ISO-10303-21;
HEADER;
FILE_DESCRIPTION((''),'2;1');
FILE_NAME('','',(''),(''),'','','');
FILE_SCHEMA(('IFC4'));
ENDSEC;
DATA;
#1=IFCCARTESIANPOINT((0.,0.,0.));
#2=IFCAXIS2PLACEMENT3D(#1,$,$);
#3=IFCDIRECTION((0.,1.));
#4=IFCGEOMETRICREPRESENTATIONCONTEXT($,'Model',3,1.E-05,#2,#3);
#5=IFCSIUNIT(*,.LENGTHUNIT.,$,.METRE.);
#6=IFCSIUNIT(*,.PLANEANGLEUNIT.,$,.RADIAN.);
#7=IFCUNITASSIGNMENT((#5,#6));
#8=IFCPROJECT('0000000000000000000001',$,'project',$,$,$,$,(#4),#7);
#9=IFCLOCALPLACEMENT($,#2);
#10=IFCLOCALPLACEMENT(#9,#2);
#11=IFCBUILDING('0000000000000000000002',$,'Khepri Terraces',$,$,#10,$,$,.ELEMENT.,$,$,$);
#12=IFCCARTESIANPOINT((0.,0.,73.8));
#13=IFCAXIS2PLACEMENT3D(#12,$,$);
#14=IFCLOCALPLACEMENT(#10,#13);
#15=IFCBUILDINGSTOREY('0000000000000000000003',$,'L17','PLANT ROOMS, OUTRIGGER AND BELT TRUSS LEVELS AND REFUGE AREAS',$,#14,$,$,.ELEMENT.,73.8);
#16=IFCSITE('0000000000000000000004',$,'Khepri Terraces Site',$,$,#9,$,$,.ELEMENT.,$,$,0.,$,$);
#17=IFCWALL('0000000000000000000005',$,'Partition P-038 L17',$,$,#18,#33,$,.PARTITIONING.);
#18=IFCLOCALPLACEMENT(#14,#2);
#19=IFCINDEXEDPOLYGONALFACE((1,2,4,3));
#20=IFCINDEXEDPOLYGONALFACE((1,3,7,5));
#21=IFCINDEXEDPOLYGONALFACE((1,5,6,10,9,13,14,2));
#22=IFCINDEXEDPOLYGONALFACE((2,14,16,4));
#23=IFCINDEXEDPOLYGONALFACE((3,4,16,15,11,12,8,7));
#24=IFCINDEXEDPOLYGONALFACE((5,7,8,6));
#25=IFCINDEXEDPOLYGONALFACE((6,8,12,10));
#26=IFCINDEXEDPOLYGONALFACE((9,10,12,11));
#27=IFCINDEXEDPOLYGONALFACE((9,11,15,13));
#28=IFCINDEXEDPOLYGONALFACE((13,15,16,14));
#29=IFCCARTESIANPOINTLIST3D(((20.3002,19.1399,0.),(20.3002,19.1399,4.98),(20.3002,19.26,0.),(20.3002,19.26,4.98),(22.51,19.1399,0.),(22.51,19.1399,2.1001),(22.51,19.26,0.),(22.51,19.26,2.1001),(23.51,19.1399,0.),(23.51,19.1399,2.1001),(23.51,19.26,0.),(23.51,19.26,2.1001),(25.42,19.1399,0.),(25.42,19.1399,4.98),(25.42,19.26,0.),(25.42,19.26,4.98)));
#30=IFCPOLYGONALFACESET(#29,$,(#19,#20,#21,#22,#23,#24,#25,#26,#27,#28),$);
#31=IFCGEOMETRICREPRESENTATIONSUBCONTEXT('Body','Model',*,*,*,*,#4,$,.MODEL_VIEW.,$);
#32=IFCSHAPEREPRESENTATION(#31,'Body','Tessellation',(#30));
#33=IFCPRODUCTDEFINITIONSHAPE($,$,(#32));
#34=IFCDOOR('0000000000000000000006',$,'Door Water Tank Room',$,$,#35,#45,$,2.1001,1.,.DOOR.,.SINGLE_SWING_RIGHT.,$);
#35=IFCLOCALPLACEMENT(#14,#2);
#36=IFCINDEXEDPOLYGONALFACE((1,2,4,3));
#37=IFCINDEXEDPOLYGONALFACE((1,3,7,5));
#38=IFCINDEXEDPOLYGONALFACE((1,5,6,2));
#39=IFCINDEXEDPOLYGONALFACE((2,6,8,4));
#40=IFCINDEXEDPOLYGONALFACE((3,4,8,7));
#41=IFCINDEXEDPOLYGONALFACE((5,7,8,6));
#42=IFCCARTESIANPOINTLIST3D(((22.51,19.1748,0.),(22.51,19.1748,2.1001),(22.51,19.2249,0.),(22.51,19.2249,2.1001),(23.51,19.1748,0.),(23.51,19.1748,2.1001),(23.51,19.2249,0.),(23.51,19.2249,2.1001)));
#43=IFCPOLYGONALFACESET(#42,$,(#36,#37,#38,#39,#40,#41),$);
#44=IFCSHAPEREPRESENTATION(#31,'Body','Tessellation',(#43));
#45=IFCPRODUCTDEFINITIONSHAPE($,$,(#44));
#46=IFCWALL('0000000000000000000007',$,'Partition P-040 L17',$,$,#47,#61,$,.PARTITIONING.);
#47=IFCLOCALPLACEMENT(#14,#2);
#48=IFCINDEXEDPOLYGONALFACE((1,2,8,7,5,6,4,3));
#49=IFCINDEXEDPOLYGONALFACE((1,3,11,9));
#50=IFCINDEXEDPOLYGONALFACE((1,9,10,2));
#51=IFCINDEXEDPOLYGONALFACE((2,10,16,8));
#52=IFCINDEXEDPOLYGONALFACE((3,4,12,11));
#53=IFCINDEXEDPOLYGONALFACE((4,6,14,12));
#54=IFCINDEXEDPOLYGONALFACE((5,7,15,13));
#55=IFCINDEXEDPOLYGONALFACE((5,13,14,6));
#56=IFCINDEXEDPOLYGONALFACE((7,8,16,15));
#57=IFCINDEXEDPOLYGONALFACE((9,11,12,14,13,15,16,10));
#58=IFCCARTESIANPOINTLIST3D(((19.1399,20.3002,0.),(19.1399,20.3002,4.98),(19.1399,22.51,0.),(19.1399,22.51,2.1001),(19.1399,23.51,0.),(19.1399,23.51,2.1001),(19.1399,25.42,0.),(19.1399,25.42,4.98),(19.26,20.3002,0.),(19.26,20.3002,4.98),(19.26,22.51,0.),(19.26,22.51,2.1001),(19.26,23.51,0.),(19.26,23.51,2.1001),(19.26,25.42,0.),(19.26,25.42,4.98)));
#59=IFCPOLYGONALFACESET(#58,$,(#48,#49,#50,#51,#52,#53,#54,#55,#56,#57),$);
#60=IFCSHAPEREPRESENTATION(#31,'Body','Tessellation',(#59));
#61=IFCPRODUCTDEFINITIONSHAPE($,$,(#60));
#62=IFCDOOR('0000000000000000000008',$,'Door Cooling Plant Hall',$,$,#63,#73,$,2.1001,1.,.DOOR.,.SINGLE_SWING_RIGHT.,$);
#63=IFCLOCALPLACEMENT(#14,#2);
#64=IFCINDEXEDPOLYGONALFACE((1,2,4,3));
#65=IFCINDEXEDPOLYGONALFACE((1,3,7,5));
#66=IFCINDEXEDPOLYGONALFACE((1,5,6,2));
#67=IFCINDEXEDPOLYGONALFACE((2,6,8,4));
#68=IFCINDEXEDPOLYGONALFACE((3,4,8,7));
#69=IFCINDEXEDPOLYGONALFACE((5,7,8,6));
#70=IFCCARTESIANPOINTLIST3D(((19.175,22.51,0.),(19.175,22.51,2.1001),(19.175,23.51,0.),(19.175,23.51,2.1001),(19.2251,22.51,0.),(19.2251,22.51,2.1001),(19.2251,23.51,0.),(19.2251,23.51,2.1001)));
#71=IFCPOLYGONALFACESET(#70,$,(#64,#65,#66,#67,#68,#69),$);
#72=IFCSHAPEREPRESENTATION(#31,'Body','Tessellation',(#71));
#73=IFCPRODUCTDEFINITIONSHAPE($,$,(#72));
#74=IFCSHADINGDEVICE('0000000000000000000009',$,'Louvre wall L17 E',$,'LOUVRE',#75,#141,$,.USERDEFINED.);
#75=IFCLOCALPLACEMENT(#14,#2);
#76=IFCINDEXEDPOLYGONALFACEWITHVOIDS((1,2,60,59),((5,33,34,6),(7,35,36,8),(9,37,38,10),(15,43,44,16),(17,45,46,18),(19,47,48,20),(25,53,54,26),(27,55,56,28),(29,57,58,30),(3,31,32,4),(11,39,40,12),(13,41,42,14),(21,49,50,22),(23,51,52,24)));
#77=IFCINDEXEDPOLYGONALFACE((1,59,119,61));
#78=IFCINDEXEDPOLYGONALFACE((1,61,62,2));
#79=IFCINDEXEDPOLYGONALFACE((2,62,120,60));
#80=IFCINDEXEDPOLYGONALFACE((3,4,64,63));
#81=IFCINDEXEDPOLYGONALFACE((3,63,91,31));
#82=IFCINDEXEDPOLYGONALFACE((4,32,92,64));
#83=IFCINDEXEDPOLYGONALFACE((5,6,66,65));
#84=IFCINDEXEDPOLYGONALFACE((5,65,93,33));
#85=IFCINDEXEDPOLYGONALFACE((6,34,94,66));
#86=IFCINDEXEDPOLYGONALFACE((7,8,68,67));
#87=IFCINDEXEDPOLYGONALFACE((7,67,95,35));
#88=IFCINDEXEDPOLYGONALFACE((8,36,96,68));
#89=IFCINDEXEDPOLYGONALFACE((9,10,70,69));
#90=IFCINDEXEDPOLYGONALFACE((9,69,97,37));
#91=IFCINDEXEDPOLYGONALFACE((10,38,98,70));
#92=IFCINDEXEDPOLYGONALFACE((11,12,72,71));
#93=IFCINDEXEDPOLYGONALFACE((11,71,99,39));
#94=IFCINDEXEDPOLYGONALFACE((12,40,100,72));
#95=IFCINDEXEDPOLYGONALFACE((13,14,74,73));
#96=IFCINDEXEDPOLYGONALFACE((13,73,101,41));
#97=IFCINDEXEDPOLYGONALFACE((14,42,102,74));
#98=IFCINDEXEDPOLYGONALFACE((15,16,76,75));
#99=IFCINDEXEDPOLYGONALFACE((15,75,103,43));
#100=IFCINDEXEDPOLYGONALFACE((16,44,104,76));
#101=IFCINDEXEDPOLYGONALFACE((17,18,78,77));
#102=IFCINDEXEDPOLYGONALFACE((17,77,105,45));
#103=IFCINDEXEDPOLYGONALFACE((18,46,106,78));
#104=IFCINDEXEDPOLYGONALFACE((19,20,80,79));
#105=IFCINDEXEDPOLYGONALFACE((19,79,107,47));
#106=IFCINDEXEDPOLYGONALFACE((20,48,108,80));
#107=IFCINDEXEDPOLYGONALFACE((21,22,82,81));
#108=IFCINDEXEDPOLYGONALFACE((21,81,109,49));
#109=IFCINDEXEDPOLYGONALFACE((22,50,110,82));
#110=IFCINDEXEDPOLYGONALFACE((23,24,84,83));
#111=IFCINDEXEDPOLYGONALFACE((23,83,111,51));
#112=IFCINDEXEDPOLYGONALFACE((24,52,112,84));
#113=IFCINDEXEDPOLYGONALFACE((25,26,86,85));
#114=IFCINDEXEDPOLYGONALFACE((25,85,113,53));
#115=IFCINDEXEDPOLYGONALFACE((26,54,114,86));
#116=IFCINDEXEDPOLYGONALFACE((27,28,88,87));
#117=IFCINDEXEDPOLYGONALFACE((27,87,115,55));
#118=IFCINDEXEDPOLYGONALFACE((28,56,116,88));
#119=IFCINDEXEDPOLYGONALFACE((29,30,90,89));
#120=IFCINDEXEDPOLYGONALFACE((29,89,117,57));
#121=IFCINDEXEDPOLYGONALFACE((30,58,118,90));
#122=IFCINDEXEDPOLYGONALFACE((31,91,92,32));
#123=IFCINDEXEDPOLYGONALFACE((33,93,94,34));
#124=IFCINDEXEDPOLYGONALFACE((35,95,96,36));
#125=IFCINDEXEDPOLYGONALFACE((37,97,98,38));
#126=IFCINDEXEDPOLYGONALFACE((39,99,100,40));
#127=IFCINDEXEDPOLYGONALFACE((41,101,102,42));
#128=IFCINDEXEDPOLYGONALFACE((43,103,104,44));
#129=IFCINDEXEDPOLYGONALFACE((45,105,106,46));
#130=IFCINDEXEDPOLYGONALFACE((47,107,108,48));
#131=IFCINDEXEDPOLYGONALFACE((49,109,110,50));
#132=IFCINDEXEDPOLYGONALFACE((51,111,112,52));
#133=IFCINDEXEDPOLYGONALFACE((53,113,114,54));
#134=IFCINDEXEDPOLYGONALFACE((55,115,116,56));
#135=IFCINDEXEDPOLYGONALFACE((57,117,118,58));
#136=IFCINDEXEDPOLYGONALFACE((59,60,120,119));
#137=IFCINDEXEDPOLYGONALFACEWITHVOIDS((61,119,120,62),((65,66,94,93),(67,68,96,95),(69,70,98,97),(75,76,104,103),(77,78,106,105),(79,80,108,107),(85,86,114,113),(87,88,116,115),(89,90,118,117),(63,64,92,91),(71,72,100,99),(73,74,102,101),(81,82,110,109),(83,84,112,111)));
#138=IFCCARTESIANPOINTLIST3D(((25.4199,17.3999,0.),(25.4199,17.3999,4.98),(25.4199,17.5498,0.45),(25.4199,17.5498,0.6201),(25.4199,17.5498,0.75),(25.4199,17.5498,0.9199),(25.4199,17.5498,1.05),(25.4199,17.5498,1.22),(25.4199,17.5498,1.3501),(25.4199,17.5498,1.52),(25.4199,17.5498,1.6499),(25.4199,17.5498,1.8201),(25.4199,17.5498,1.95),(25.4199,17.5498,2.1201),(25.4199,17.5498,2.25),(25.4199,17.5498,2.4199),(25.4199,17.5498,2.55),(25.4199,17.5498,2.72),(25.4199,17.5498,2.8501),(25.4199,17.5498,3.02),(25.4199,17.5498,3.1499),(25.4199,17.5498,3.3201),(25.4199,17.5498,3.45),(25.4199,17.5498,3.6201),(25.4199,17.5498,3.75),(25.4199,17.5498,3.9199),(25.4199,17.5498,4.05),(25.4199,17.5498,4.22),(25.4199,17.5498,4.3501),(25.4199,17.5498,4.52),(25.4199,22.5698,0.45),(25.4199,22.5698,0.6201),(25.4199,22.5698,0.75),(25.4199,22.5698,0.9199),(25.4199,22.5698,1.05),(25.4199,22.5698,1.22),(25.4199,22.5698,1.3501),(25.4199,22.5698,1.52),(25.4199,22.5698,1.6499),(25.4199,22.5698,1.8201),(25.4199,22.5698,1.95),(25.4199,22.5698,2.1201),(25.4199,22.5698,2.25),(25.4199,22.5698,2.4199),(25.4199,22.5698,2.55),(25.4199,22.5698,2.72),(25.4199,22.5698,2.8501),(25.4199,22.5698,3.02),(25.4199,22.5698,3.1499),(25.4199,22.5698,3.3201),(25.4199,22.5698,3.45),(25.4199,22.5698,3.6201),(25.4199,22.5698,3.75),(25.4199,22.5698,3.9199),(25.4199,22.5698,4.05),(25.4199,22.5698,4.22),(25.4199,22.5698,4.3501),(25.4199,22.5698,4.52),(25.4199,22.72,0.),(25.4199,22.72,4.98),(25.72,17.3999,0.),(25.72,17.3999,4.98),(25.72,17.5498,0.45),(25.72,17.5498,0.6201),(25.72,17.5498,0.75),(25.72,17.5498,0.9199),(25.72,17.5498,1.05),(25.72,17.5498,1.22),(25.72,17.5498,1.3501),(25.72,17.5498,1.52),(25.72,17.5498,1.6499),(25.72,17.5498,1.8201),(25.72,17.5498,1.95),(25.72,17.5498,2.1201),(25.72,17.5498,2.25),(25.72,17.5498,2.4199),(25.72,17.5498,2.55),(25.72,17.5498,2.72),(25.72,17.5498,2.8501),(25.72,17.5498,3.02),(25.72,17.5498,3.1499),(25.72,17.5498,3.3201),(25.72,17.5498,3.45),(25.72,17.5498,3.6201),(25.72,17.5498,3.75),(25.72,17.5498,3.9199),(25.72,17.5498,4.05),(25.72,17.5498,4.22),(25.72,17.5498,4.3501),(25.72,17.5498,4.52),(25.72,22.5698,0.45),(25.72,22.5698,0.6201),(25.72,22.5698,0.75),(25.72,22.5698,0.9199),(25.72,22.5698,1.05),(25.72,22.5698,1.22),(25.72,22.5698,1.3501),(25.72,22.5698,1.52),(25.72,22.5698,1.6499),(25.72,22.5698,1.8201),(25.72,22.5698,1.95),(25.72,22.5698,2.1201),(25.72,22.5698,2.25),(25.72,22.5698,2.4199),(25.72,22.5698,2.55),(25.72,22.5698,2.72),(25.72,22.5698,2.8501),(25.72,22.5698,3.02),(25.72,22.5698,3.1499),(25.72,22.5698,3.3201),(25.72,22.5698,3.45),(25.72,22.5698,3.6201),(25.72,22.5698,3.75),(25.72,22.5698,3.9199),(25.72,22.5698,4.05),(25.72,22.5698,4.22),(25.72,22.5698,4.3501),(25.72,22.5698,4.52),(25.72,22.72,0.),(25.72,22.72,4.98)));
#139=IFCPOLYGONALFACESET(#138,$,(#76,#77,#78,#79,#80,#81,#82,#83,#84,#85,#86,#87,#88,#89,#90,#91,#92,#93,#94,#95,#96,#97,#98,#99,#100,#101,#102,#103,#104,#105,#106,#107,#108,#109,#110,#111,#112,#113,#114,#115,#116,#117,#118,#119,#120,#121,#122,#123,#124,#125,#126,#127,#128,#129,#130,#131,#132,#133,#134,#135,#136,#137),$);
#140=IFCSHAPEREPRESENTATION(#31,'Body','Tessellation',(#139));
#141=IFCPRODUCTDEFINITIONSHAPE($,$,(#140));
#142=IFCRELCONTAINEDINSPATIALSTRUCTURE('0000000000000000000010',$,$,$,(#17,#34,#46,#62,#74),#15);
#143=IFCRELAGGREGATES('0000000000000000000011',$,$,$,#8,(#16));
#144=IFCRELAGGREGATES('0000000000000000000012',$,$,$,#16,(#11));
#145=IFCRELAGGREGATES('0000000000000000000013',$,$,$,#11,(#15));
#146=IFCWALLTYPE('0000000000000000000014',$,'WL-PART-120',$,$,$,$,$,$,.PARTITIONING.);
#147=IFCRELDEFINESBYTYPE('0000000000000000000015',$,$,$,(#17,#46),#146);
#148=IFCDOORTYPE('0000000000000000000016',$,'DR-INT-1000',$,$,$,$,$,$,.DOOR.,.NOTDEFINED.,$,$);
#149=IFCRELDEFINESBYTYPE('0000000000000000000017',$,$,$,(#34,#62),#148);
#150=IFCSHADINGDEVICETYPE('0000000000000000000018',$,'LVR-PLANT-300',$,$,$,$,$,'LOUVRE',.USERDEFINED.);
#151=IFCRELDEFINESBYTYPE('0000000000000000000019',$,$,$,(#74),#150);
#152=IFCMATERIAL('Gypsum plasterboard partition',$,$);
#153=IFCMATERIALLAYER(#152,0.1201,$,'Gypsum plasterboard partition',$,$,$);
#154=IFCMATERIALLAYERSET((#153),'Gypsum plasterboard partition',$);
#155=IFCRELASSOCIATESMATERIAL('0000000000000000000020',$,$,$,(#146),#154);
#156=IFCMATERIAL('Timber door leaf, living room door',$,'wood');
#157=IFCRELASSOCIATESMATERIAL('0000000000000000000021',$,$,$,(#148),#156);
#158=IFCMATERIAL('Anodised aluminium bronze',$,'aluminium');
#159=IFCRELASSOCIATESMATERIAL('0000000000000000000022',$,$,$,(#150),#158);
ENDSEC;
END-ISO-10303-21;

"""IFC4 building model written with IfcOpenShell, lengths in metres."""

from ifc_helpers import new_model, si_unit, direction, frame, frame_2d, origin, place, context, subcontext, project, spatial, polyline, rectangle, outline, extrude, material, layer, layer_set, type_object, element, fill, save


model = new_model("IFC4")

# Units and contexts
model_context = context("Model", 3, precision=1e-05, world=origin(), true_north=direction((0.0, 1.0)))
body_context = subcontext(model_context, "Body", "Model", "MODEL_VIEW")
ifc_project = project(units=[si_unit("LENGTHUNIT", "METRE"), si_unit("PLANEANGLEUNIT", "RADIAN")], contexts=[model_context])

# Site, building, storey
site_placement = place(None, origin())
site = spatial("IfcSite", under=ifc_project, at=site_placement, Name="Khepri Terraces Site", CompositionType="ELEMENT", RefElevation=0.0)
building_placement = place(site_placement, origin())
building = spatial("IfcBuilding", under=site, at=building_placement, Name="Khepri Terraces", CompositionType="ELEMENT")
storey_placement = place(building_placement, frame((0.0, 0.0, 73.8)))
storey = spatial("IfcBuildingStorey", under=building, at=storey_placement, Name="L17", Description="PLANT ROOMS, OUTRIGGER AND BELT TRUSS LEVELS AND REFUGE AREAS", CompositionType="ELEMENT", Elevation=73.8)

# Walls, openings, doors
ifc_material_1 = material(Name="Gypsum plasterboard partition")
ifc_layer_1 = layer(ifc_material_1, 0.1201, Name="Gypsum plasterboard partition")
ifc_layer_set_1 = layer_set([ifc_layer_1], Name="Gypsum plasterboard partition")
wall_type = type_object("IfcWallType", Name="WL-PART-120", PredefinedType="PARTITIONING", material=ifc_layer_set_1)
wall_1_placement = place(storey_placement, frame((20.3, 19.2, 0.0), z_axis=(0.0, 0.0, 1.0), x_axis=(1.0, 0.0, 0.0)))
wall_1 = element("IfcWall", 1, at=wall_1_placement, inside=storey, type_object=wall_type, Name="Partition P-038 L17", PredefinedType="PARTITIONING", context=body_context, shape_type="SweptSolid", body=[
    extrude(rectangle(XDim=5.1199, YDim=0.1201, at=frame_2d((2.5601, 0.0))), origin(), (0.0, 0.0, 1.0), 4.98),
])
opening_1_placement = place(wall_1_placement, frame((2.21, 0.0, 0.0)))
opening_1 = element("IfcOpeningElement", 2, at=opening_1_placement, cuts=wall_1, PredefinedType="OPENING", context=body_context, shape_type="SweptSolid", body=[
    extrude(rectangle(XDim=1.0, YDim=2.1001, at=frame_2d((0.5, 1.05))), frame((0.0, 0.0701, 0.0), z_axis=(0.0, -1.0, 0.0), x_axis=(1.0, 0.0, 0.0)), (0.0, 0.0, 1.0), 0.1401),
])
ifc_material_2 = material(Name="Timber door leaf, living room door", Category="wood")
door_type = type_object("IfcDoorType", Name="DR-INT-1000", OperationType="NOTDEFINED", PredefinedType="DOOR", material=ifc_material_2)
door_1_placement = place(opening_1_placement, origin())
door_1 = element("IfcDoor", 3, at=door_1_placement, inside=storey, type_object=door_type, Name="Door Water Tank Room", OperationType="SINGLE_SWING_RIGHT", OverallHeight=2.1001, OverallWidth=1.0, PredefinedType="DOOR", context=body_context, shape_type="SweptSolid", body=[
    extrude(rectangle(XDim=1.0, YDim=2.1001, at=frame_2d((0.5, 1.05))), frame((0.0, 0.0249, 0.0), z_axis=(0.0, -1.0, 0.0), x_axis=(1.0, 0.0, 0.0)), (0.0, 0.0, 1.0), 0.05),
])
fill(opening_1, door_1)
wall_2_placement = place(storey_placement, frame((19.2, 20.3, 0.0), z_axis=(0.0, 0.0, 1.0), x_axis=(0.0, 1.0, 0.0)))
wall_2 = element("IfcWall", 4, at=wall_2_placement, inside=storey, type_object=wall_type, Name="Partition P-040 L17", PredefinedType="PARTITIONING", context=body_context, shape_type="SweptSolid", body=[
    extrude(rectangle(XDim=5.1199, YDim=0.1201, at=frame_2d((2.5601, 0.0))), origin(), (0.0, 0.0, 1.0), 4.98),
])
opening_2_placement = place(wall_2_placement, frame((2.21, 0.0, 0.0)))
opening_2 = element("IfcOpeningElement", 5, at=opening_2_placement, cuts=wall_2, PredefinedType="OPENING", context=body_context, shape_type="SweptSolid", body=[
    extrude(rectangle(XDim=1.0, YDim=2.1001, at=frame_2d((0.5, 1.05))), frame((0.0, 0.0701, 0.0), z_axis=(0.0, -1.0, 0.0), x_axis=(1.0, 0.0, 0.0)), (0.0, 0.0, 1.0), 0.1401),
])
door_2_placement = place(opening_2_placement, origin())
door_2 = element("IfcDoor", 6, at=door_2_placement, inside=storey, type_object=door_type, Name="Door Cooling Plant Hall", OperationType="SINGLE_SWING_RIGHT", OverallHeight=2.1001, OverallWidth=1.0, PredefinedType="DOOR", context=body_context, shape_type="SweptSolid", body=[
    extrude(rectangle(XDim=1.0, YDim=2.1001, at=frame_2d((0.5, 1.05))), frame((0.0, 0.0249, 0.0), z_axis=(0.0, -1.0, 0.0), x_axis=(1.0, 0.0, 0.0)), (0.0, 0.0, 1.0), 0.05),
])
fill(opening_2, door_2)

# Shading device
ifc_material_3 = material(Name="Anodised aluminium bronze", Category="aluminium")
shading_device_type = type_object("IfcShadingDeviceType", Name="LVR-PLANT-300", ElementType="LOUVRE", PredefinedType="USERDEFINED", material=ifc_material_3)
shading_device_1_placement = place(storey_placement, frame((25.4199, 17.3999, 0.0), z_axis=(1.0, 0.0, 0.0), x_axis=(0.0, 1.0, 0.0)))
element("IfcShadingDevice", 7, at=shading_device_1_placement, inside=storey, type_object=shading_device_type, Name="Louvre wall L17 E", ObjectType="LOUVRE", PredefinedType="USERDEFINED", context=body_context, shape_type="SweptSolid", body=[
    extrude(outline(polyline([(0.0, 0.0), (5.3201, 0.0), (5.3201, 4.98), (0.0, 4.98), (0.0, 0.0)]), holes=[polyline([(0.1499, 0.45), (5.1699, 0.45), (5.1699, 0.6201), (0.1499, 0.6201), (0.1499, 0.45)]), polyline([(0.1499, 0.75), (5.1699, 0.75), (5.1699, 0.9199), (0.1499, 0.9199), (0.1499, 0.75)]), polyline([(0.1499, 1.05), (5.1699, 1.05), (5.1699, 1.22), (0.1499, 1.22), (0.1499, 1.05)]), polyline([(0.1499, 1.3501), (5.1699, 1.3501), (5.1699, 1.52), (0.1499, 1.52), (0.1499, 1.3501)]), polyline([(0.1499, 1.6499), (5.1699, 1.6499), (5.1699, 1.8201), (0.1499, 1.8201), (0.1499, 1.6499)]), polyline([(0.1499, 1.95), (5.1699, 1.95), (5.1699, 2.1201), (0.1499, 2.1201), (0.1499, 1.95)]), polyline([(0.1499, 2.25), (5.1699, 2.25), (5.1699, 2.4199), (0.1499, 2.4199), (0.1499, 2.25)]), polyline([(0.1499, 2.55), (5.1699, 2.55), (5.1699, 2.72), (0.1499, 2.72), (0.1499, 2.55)]), polyline([(0.1499, 2.8501), (5.1699, 2.8501), (5.1699, 3.02), (0.1499, 3.02), (0.1499, 2.8501)]), polyline([(0.1499, 3.1499), (5.1699, 3.1499), (5.1699, 3.3201), (0.1499, 3.3201), (0.1499, 3.1499)]), polyline([(0.1499, 3.45), (5.1699, 3.45), (5.1699, 3.6201), (0.1499, 3.6201), (0.1499, 3.45)]), polyline([(0.1499, 3.75), (5.1699, 3.75), (5.1699, 3.9199), (0.1499, 3.9199), (0.1499, 3.75)]), polyline([(0.1499, 4.05), (5.1699, 4.05), (5.1699, 4.22), (0.1499, 4.22), (0.1499, 4.05)]), polyline([(0.1499, 4.3501), (5.1699, 4.3501), (5.1699, 4.52), (0.1499, 4.52), (0.1499, 4.3501)])]), origin(), (0.0, 0.0, 1.0), 0.3),
])

save(model, "model.ifc")
